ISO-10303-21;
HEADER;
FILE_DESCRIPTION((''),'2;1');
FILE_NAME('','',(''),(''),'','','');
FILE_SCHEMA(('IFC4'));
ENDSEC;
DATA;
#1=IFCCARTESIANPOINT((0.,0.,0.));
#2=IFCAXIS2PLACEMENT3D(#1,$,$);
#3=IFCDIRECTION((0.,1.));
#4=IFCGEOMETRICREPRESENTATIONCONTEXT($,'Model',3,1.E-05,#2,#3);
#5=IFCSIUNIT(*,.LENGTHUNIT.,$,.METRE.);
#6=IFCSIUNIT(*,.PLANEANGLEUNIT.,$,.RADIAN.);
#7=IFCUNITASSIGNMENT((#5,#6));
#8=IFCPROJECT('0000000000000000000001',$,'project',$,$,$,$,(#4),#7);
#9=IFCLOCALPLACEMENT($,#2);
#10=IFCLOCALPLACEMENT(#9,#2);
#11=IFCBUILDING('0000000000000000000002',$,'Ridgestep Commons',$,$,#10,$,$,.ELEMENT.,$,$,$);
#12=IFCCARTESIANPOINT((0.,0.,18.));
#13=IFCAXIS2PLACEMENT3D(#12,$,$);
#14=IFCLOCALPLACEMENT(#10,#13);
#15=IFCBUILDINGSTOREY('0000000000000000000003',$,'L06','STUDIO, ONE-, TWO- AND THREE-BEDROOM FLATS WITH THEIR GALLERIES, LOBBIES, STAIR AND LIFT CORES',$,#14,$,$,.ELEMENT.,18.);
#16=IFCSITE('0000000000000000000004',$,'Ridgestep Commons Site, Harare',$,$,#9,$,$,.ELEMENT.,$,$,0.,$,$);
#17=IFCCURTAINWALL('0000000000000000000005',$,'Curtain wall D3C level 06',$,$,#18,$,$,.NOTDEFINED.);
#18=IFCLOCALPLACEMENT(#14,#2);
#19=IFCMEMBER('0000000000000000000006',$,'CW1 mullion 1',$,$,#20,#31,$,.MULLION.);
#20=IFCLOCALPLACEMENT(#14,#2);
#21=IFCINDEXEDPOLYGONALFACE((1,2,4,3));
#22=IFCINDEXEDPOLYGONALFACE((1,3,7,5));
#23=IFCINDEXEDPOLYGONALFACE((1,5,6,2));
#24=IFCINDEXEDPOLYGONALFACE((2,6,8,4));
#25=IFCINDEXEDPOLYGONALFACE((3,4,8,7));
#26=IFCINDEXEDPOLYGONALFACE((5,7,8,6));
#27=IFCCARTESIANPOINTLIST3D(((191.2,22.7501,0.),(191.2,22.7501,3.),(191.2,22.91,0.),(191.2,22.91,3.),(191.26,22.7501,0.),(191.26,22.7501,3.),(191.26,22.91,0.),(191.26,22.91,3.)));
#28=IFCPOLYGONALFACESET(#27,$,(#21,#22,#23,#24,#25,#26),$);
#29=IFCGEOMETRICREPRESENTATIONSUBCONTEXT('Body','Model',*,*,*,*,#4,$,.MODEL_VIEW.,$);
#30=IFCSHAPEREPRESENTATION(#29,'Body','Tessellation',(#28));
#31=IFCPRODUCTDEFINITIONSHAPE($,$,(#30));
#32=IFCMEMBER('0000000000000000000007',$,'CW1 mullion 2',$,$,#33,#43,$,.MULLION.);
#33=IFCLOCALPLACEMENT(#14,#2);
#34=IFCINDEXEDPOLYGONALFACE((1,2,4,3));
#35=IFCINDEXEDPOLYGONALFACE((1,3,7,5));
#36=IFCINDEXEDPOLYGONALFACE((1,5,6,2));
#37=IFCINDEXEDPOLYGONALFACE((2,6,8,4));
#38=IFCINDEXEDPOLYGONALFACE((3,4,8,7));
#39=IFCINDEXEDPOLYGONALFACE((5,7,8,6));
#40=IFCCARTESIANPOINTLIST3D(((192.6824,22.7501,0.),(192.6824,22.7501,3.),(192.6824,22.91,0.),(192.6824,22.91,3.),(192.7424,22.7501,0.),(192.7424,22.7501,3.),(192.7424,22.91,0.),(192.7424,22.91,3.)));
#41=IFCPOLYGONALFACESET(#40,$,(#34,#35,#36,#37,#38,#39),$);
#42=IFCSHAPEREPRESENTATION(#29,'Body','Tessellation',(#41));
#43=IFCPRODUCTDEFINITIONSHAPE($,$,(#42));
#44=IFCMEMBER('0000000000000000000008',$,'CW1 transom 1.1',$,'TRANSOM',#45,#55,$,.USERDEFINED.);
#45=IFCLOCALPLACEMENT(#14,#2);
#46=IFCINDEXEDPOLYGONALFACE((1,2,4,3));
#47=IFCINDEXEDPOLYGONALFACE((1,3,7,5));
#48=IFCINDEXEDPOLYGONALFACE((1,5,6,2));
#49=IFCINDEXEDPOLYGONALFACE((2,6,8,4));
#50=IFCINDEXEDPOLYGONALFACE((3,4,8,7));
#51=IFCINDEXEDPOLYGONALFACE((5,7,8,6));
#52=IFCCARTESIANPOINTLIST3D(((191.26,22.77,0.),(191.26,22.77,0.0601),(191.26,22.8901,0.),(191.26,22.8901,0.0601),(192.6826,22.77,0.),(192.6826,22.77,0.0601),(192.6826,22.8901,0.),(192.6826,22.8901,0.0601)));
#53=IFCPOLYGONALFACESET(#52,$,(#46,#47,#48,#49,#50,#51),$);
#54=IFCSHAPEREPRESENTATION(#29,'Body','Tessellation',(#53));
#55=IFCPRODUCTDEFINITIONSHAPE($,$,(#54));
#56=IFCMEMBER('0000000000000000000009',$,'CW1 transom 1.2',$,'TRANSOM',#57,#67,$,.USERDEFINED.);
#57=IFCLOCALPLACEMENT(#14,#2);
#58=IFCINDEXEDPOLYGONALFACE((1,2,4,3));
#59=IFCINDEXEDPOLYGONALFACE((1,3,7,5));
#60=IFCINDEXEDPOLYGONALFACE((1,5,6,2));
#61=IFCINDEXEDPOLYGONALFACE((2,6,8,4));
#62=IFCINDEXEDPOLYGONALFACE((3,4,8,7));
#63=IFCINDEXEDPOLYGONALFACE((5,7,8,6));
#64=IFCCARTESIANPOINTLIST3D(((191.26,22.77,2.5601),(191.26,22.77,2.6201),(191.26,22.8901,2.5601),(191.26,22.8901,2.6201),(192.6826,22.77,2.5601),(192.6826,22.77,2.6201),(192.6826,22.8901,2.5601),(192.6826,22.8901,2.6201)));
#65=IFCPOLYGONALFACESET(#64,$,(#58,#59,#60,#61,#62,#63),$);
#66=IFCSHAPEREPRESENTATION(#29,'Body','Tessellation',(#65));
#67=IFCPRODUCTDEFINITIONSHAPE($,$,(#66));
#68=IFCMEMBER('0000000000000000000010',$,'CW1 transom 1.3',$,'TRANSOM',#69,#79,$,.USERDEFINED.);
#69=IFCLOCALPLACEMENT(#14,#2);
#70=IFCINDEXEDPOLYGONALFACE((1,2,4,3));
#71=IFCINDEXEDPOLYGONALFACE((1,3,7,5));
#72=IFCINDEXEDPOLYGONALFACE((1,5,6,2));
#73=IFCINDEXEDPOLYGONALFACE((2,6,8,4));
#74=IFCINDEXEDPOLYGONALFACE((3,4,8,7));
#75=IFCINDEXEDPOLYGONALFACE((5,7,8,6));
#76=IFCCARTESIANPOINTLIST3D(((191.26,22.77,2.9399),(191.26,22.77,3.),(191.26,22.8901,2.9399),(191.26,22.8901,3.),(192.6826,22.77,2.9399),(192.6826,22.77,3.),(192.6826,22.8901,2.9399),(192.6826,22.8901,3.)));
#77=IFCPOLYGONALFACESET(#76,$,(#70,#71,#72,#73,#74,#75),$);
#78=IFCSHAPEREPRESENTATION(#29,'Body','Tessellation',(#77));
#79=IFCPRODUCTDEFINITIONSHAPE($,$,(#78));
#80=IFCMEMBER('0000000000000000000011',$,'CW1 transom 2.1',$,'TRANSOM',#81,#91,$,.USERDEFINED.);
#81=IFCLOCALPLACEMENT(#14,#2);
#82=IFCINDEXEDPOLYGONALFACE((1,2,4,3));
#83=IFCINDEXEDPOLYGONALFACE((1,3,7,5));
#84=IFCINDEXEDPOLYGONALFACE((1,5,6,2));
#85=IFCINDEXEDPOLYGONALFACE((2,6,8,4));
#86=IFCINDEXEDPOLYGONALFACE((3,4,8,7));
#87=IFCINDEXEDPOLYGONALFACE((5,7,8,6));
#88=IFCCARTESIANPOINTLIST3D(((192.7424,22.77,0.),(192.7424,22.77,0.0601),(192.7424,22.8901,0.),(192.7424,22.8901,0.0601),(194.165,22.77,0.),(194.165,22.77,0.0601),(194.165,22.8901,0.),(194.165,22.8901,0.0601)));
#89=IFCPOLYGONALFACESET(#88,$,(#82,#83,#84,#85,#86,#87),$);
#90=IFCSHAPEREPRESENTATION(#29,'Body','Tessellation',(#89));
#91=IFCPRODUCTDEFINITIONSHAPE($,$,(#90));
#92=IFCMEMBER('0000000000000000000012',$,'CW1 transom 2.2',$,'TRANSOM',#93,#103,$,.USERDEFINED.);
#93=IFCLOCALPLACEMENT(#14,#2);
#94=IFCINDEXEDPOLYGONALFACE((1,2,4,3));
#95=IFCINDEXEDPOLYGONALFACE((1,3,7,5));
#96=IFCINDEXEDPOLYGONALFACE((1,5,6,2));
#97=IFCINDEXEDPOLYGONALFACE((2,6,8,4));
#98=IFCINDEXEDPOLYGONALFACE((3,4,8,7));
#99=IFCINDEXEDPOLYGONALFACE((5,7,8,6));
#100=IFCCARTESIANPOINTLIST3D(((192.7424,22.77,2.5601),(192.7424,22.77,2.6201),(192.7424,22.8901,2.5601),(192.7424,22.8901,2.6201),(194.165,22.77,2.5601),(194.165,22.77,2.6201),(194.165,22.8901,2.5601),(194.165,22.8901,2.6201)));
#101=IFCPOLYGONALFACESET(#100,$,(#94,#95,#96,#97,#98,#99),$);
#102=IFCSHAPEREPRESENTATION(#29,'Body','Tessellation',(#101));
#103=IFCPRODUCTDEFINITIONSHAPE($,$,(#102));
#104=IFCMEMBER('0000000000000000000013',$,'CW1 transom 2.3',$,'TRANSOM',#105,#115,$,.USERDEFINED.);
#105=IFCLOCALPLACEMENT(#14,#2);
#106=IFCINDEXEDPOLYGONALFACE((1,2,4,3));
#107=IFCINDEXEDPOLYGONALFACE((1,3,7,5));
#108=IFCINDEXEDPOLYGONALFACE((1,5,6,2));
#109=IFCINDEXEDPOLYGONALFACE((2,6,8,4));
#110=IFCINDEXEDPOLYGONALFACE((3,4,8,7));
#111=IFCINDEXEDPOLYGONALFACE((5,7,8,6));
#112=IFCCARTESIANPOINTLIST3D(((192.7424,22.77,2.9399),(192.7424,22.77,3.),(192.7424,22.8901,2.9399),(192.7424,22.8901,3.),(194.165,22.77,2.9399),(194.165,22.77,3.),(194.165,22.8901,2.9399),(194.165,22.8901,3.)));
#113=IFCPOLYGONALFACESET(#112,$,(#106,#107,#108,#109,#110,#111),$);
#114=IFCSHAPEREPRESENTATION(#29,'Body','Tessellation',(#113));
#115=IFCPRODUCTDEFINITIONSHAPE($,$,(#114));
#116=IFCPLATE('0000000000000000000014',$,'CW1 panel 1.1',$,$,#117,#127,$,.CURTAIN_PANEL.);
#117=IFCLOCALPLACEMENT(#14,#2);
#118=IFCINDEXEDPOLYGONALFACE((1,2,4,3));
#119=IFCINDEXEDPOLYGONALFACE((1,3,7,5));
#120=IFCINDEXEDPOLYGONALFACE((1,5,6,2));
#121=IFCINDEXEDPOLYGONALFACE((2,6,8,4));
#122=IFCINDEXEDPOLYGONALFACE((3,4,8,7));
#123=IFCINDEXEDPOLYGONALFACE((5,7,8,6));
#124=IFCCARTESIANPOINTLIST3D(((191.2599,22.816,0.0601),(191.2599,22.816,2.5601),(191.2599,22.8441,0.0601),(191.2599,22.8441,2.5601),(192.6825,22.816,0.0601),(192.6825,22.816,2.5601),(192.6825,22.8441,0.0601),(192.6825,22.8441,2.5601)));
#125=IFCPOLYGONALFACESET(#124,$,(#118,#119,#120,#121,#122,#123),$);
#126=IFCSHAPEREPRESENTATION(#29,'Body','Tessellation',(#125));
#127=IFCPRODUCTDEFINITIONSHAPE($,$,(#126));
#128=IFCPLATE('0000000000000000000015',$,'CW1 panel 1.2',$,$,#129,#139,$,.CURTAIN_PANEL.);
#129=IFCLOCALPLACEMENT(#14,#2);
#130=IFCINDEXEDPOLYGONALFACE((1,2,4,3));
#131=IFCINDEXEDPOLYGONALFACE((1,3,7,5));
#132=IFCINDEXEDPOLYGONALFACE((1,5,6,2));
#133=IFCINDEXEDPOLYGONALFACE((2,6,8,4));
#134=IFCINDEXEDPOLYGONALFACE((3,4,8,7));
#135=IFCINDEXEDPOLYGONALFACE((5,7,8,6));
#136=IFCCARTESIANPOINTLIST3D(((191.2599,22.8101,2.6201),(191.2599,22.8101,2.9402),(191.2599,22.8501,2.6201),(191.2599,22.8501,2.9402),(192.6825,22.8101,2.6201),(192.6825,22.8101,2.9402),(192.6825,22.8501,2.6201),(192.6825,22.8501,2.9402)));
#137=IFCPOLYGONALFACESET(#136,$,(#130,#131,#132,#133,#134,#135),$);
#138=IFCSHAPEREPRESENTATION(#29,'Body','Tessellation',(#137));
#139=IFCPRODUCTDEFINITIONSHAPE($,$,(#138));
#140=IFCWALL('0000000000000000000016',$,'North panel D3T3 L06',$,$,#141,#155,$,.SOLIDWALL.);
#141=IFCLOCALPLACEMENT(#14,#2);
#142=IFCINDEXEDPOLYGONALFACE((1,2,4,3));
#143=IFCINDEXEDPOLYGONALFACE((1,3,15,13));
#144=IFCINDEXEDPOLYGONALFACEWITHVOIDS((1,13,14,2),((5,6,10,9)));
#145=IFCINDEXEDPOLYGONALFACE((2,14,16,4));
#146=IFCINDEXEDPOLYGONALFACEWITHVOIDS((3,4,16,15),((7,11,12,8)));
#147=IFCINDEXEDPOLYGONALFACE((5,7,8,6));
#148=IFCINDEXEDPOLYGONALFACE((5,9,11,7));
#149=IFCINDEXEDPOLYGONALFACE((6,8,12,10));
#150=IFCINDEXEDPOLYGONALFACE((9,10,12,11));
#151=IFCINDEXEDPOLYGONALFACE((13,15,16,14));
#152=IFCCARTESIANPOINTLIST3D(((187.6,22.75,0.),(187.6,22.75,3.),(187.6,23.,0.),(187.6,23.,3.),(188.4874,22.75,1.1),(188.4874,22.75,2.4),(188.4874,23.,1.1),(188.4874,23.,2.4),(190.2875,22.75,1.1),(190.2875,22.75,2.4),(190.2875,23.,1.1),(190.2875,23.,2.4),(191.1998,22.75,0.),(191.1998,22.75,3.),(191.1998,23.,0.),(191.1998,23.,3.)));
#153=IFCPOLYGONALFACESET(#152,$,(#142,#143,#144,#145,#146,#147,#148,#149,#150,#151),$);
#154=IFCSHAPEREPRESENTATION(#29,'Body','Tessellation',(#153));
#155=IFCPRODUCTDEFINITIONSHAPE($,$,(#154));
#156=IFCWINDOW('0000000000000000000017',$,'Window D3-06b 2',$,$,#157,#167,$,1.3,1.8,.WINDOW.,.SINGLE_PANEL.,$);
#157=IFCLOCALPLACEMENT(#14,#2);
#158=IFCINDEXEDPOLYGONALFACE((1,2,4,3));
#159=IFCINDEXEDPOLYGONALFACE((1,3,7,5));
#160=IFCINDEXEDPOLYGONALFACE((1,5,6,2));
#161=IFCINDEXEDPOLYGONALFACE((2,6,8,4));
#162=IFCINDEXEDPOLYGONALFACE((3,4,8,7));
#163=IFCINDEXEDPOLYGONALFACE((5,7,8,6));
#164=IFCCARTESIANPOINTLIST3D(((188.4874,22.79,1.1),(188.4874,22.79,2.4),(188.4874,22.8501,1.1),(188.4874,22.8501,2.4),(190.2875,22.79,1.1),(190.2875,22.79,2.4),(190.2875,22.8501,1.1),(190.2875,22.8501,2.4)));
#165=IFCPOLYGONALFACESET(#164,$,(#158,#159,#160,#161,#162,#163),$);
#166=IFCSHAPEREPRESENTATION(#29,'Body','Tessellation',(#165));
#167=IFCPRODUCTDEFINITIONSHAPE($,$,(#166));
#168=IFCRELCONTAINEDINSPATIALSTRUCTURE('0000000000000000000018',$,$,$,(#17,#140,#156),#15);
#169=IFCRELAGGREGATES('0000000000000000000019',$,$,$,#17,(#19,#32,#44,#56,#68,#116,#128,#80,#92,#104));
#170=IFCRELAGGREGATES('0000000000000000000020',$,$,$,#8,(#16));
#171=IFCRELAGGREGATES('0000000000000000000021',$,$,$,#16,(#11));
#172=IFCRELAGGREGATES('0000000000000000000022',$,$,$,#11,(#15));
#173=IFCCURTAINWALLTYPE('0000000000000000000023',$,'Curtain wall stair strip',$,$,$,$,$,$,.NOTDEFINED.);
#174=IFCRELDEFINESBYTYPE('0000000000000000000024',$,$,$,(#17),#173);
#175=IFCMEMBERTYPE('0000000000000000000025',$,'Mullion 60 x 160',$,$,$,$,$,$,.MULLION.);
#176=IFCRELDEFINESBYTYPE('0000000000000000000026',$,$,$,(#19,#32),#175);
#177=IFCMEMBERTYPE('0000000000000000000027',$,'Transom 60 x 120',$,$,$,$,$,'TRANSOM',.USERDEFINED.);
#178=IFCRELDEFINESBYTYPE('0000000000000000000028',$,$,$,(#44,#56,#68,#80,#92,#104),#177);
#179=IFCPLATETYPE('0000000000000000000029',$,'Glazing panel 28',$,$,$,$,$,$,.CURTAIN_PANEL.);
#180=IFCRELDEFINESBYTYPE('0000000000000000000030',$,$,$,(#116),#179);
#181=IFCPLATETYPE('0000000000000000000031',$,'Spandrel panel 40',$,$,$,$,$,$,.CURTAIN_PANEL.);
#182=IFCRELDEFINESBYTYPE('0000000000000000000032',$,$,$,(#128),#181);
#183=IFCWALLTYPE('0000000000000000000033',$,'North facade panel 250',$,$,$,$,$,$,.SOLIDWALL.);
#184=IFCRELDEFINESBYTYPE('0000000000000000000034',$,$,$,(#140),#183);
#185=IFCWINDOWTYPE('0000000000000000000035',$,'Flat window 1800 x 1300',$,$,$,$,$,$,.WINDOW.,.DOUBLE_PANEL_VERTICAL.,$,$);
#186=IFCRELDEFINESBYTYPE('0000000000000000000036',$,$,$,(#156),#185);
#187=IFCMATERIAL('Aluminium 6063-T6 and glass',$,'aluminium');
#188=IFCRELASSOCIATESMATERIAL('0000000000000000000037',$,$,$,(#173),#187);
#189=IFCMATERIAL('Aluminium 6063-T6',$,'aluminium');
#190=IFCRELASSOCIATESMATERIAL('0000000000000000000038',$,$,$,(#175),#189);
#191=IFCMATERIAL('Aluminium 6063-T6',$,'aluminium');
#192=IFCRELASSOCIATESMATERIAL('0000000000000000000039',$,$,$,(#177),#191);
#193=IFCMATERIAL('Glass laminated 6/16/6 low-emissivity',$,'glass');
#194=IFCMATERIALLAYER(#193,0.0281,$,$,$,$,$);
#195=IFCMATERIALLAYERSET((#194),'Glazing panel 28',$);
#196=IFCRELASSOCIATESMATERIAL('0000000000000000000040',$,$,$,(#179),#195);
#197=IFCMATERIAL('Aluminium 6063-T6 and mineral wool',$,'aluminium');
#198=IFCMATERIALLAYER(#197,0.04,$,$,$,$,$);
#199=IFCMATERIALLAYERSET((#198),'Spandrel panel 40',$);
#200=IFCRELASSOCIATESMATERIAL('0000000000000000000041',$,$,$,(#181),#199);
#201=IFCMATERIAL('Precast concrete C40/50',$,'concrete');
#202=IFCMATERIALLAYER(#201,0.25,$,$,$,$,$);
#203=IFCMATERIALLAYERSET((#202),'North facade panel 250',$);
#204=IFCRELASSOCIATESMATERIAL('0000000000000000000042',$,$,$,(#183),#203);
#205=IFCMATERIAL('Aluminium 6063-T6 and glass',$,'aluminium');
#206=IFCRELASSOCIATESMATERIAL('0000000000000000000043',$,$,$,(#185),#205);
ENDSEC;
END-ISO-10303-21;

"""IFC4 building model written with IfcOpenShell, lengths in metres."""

from ifc_helpers import new_model, si_unit, direction, frame, frame_2d, origin, origin_2d, place, context, subcontext, project, spatial, rectangle, extrude, material, layer, layer_set, material_profile, profile_set, type_object, element, fill, aggregate, save


model = new_model("IFC4")

# Units and contexts
model_context = context("Model", 3, precision=1e-05, world=origin(), true_north=direction((0.0, 1.0)))
body_context = subcontext(model_context, "Body", "Model", "MODEL_VIEW")
ifc_project = project(units=[si_unit("LENGTHUNIT", "METRE"), si_unit("PLANEANGLEUNIT", "RADIAN")], contexts=[model_context])

# Site, building, storey
site_placement = place(None, origin())
site = spatial("IfcSite", under=ifc_project, at=site_placement, Name="Ridgestep Commons Site, Harare", CompositionType="ELEMENT", RefElevation=0.0)
building_placement = place(site_placement, origin())
building = spatial("IfcBuilding", under=site, at=building_placement, Name="Ridgestep Commons", CompositionType="ELEMENT")
storey_placement = place(building_placement, frame((0.0, 0.0, 18.0)))
storey = spatial("IfcBuildingStorey", under=building, at=storey_placement, Name="L06", Description="STUDIO, ONE-, TWO- AND THREE-BEDROOM FLATS WITH THEIR GALLERIES, LOBBIES, STAIR AND LIFT CORES", CompositionType="ELEMENT", Elevation=18.0)

# Curtain wall, members, plates
ifc_material_1 = material(Name="Aluminium 6063-T6 and glass", Category="aluminium")
curtain_wall_type = type_object("IfcCurtainWallType", Name="Curtain wall stair strip", PredefinedType="NOTDEFINED", material=ifc_material_1)
curtain_wall_placement = place(storey_placement, origin())
curtain_wall = element("IfcCurtainWall", 1, at=curtain_wall_placement, inside=storey, type_object=curtain_wall_type, Name="Curtain wall D3C level 06", PredefinedType="NOTDEFINED")
ifc_material_2 = material(Name="Aluminium 6063-T6", Category="aluminium")
ifc_material_profile_1 = material_profile(ifc_material_2, rectangle(XDim=0.1599, YDim=0.0601, at=origin_2d()), Name="Mullion 60 x 160")
ifc_profile_set_1 = profile_set([ifc_material_profile_1], Name="Aluminium 6063-T6")
member_type_1 = type_object("IfcMemberType", Name="Mullion 60 x 160", PredefinedType="MULLION", material=ifc_profile_set_1)
member_1_placement = place(storey_placement, frame((191.23, 22.8301, 0.0), z_axis=(0.0, 0.0, 1.0), x_axis=(0.0, 1.0, 0.0)))
member_1 = element("IfcMember", 2, at=member_1_placement, type_object=member_type_1, Name="CW1 mullion 1", PredefinedType="MULLION", context=body_context, shape_type="SweptSolid", body=[
    extrude(rectangle(XDim=0.1599, YDim=0.0601, at=origin_2d()), origin(), (0.0, 0.0, 1.0), 3.0),
])
member_2_placement = place(storey_placement, frame((192.7124, 22.8301, 0.0), z_axis=(0.0, 0.0, 1.0), x_axis=(0.0, 1.0, 0.0)))
member_2 = element("IfcMember", 3, at=member_2_placement, type_object=member_type_1, Name="CW1 mullion 2", PredefinedType="MULLION", context=body_context, shape_type="SweptSolid", body=[
    extrude(rectangle(XDim=0.1599, YDim=0.0601, at=origin_2d()), origin(), (0.0, 0.0, 1.0), 3.0),
])
ifc_material_3 = material(Name="Aluminium 6063-T6", Category="aluminium")
ifc_material_profile_2 = material_profile(ifc_material_3, rectangle(XDim=0.1201, YDim=0.0601, at=origin_2d()), Name="Transom 60 x 120")
ifc_profile_set_2 = profile_set([ifc_material_profile_2], Name="Aluminium 6063-T6")
member_type_2 = type_object("IfcMemberType", Name="Transom 60 x 120", ElementType="TRANSOM", PredefinedType="USERDEFINED", material=ifc_profile_set_2)
member_3_placement = place(storey_placement, frame((191.26, 22.8301, 0.03), z_axis=(1.0, 0.0, 0.0), x_axis=(0.0, 1.0, 0.0)))
member_3 = element("IfcMember", 4, at=member_3_placement, type_object=member_type_2, Name="CW1 transom 1.1", ObjectType="TRANSOM", PredefinedType="USERDEFINED", context=body_context, shape_type="SweptSolid", body=[
    extrude(rectangle(XDim=0.1201, YDim=0.0601, at=origin_2d()), origin(), (0.0, 0.0, 1.0), 1.4226),
])
member_4_placement = place(storey_placement, frame((191.26, 22.8301, 2.5901), z_axis=(1.0, 0.0, 0.0), x_axis=(0.0, 1.0, 0.0)))
member_4 = element("IfcMember", 5, at=member_4_placement, type_object=member_type_2, Name="CW1 transom 1.2", ObjectType="TRANSOM", PredefinedType="USERDEFINED", context=body_context, shape_type="SweptSolid", body=[
    extrude(rectangle(XDim=0.1201, YDim=0.0601, at=origin_2d()), origin(), (0.0, 0.0, 1.0), 1.4226),
])
member_5_placement = place(storey_placement, frame((191.26, 22.8301, 2.97), z_axis=(1.0, 0.0, 0.0), x_axis=(0.0, 1.0, 0.0)))
member_5 = element("IfcMember", 6, at=member_5_placement, type_object=member_type_2, Name="CW1 transom 1.3", ObjectType="TRANSOM", PredefinedType="USERDEFINED", context=body_context, shape_type="SweptSolid", body=[
    extrude(rectangle(XDim=0.1201, YDim=0.0601, at=origin_2d()), origin(), (0.0, 0.0, 1.0), 1.4226),
])
member_6_placement = place(storey_placement, frame((192.7424, 22.8301, 0.03), z_axis=(1.0, 0.0, 0.0), x_axis=(0.0, 1.0, 0.0)))
member_6 = element("IfcMember", 7, at=member_6_placement, type_object=member_type_2, Name="CW1 transom 2.1", ObjectType="TRANSOM", PredefinedType="USERDEFINED", context=body_context, shape_type="SweptSolid", body=[
    extrude(rectangle(XDim=0.1201, YDim=0.0601, at=origin_2d()), origin(), (0.0, 0.0, 1.0), 1.4226),
])
member_7_placement = place(storey_placement, frame((192.7424, 22.8301, 2.5901), z_axis=(1.0, 0.0, 0.0), x_axis=(0.0, 1.0, 0.0)))
member_7 = element("IfcMember", 8, at=member_7_placement, type_object=member_type_2, Name="CW1 transom 2.2", ObjectType="TRANSOM", PredefinedType="USERDEFINED", context=body_context, shape_type="SweptSolid", body=[
    extrude(rectangle(XDim=0.1201, YDim=0.0601, at=origin_2d()), origin(), (0.0, 0.0, 1.0), 1.4226),
])
member_8_placement = place(storey_placement, frame((192.7424, 22.8301, 2.97), z_axis=(1.0, 0.0, 0.0), x_axis=(0.0, 1.0, 0.0)))
member_8 = element("IfcMember", 9, at=member_8_placement, type_object=member_type_2, Name="CW1 transom 2.3", ObjectType="TRANSOM", PredefinedType="USERDEFINED", context=body_context, shape_type="SweptSolid", body=[
    extrude(rectangle(XDim=0.1201, YDim=0.0601, at=origin_2d()), origin(), (0.0, 0.0, 1.0), 1.4226),
])
ifc_material_4 = material(Name="Glass laminated 6/16/6 low-emissivity", Category="glass")
ifc_layer_1 = layer(ifc_material_4, 0.0281)
ifc_layer_set_1 = layer_set([ifc_layer_1], Name="Glazing panel 28")
plate_type_1 = type_object("IfcPlateType", Name="Glazing panel 28", PredefinedType="CURTAIN_PANEL", material=ifc_layer_set_1)
plate_1_placement = place(storey_placement, frame((191.9712, 22.8301, 0.0601), z_axis=(0.0, 0.0, 1.0), x_axis=(1.0, 0.0, 0.0)))
plate_1 = element("IfcPlate", 10, at=plate_1_placement, type_object=plate_type_1, Name="CW1 panel 1.1", PredefinedType="CURTAIN_PANEL", context=body_context, shape_type="SweptSolid", body=[
    extrude(rectangle(XDim=1.4226, YDim=0.0281, at=origin_2d()), origin(), (0.0, 0.0, 1.0), 2.5),
])
ifc_material_5 = material(Name="Aluminium 6063-T6 and mineral wool", Category="aluminium")
ifc_layer_2 = layer(ifc_material_5, 0.04)
ifc_layer_set_2 = layer_set([ifc_layer_2], Name="Spandrel panel 40")
plate_type_2 = type_object("IfcPlateType", Name="Spandrel panel 40", PredefinedType="CURTAIN_PANEL", material=ifc_layer_set_2)
plate_2_placement = place(storey_placement, frame((191.9712, 22.8301, 2.6201), z_axis=(0.0, 0.0, 1.0), x_axis=(1.0, 0.0, 0.0)))
plate_2 = element("IfcPlate", 11, at=plate_2_placement, type_object=plate_type_2, Name="CW1 panel 1.2", PredefinedType="CURTAIN_PANEL", context=body_context, shape_type="SweptSolid", body=[
    extrude(rectangle(XDim=1.4226, YDim=0.04, at=origin_2d()), origin(), (0.0, 0.0, 1.0), 0.3201),
])
aggregate(curtain_wall, [member_1, member_2, member_3, member_4, member_5, plate_1, plate_2, member_6, member_7, member_8])

# Wall, opening, window
ifc_material_6 = material(Name="Precast concrete C40/50", Category="concrete")
ifc_layer_3 = layer(ifc_material_6, 0.25)
ifc_layer_set_3 = layer_set([ifc_layer_3], Name="North facade panel 250")
wall_type = type_object("IfcWallType", Name="North facade panel 250", PredefinedType="SOLIDWALL", material=ifc_layer_set_3)
wall_placement = place(storey_placement, frame((187.6001, 22.875, 0.0), z_axis=(0.0, 0.0, 1.0), x_axis=(1.0, 0.0, 0.0)))
wall = element("IfcWall", 12, at=wall_placement, inside=storey, type_object=wall_type, Name="North panel D3T3 L06", PredefinedType="SOLIDWALL", context=body_context, shape_type="SweptSolid", body=[
    extrude(rectangle(XDim=3.5999, YDim=0.25, at=frame_2d((1.7998, 0.0))), origin(), (0.0, 0.0, 1.0), 3.0),
])
opening_placement = place(wall_placement, frame((0.8875, 0.0, 1.1001)))
opening = element("IfcOpeningElement", 13, at=opening_placement, cuts=wall, PredefinedType="OPENING", context=body_context, shape_type="SweptSolid", body=[
    extrude(rectangle(XDim=1.8, YDim=1.3, at=frame_2d((0.8999, 0.6499))), frame((0.0, 0.135, 0.0), z_axis=(0.0, -1.0, 0.0), x_axis=(1.0, 0.0, 0.0)), (0.0, 0.0, 1.0), 0.27),
])
ifc_material_7 = material(Name="Aluminium 6063-T6 and glass", Category="aluminium")
window_type = type_object("IfcWindowType", Name="Flat window 1800 x 1300", PartitioningType="DOUBLE_PANEL_VERTICAL", PredefinedType="WINDOW", material=ifc_material_7)
window_placement = place(opening_placement, origin())
window = element("IfcWindow", 14, at=window_placement, inside=storey, type_object=window_type, Name="Window D3-06b 2", OverallHeight=1.3, OverallWidth=1.8, PartitioningType="SINGLE_PANEL", PredefinedType="WINDOW", context=body_context, shape_type="SweptSolid", body=[
    extrude(rectangle(XDim=1.8, YDim=1.3, at=frame_2d((0.8999, 0.6499))), frame((0.0, -0.0249, 0.0), z_axis=(0.0, -1.0, 0.0), x_axis=(1.0, 0.0, 0.0)), (0.0, 0.0, 1.0), 0.0601),
])
fill(opening, window)

save(model, "model.ifc")
